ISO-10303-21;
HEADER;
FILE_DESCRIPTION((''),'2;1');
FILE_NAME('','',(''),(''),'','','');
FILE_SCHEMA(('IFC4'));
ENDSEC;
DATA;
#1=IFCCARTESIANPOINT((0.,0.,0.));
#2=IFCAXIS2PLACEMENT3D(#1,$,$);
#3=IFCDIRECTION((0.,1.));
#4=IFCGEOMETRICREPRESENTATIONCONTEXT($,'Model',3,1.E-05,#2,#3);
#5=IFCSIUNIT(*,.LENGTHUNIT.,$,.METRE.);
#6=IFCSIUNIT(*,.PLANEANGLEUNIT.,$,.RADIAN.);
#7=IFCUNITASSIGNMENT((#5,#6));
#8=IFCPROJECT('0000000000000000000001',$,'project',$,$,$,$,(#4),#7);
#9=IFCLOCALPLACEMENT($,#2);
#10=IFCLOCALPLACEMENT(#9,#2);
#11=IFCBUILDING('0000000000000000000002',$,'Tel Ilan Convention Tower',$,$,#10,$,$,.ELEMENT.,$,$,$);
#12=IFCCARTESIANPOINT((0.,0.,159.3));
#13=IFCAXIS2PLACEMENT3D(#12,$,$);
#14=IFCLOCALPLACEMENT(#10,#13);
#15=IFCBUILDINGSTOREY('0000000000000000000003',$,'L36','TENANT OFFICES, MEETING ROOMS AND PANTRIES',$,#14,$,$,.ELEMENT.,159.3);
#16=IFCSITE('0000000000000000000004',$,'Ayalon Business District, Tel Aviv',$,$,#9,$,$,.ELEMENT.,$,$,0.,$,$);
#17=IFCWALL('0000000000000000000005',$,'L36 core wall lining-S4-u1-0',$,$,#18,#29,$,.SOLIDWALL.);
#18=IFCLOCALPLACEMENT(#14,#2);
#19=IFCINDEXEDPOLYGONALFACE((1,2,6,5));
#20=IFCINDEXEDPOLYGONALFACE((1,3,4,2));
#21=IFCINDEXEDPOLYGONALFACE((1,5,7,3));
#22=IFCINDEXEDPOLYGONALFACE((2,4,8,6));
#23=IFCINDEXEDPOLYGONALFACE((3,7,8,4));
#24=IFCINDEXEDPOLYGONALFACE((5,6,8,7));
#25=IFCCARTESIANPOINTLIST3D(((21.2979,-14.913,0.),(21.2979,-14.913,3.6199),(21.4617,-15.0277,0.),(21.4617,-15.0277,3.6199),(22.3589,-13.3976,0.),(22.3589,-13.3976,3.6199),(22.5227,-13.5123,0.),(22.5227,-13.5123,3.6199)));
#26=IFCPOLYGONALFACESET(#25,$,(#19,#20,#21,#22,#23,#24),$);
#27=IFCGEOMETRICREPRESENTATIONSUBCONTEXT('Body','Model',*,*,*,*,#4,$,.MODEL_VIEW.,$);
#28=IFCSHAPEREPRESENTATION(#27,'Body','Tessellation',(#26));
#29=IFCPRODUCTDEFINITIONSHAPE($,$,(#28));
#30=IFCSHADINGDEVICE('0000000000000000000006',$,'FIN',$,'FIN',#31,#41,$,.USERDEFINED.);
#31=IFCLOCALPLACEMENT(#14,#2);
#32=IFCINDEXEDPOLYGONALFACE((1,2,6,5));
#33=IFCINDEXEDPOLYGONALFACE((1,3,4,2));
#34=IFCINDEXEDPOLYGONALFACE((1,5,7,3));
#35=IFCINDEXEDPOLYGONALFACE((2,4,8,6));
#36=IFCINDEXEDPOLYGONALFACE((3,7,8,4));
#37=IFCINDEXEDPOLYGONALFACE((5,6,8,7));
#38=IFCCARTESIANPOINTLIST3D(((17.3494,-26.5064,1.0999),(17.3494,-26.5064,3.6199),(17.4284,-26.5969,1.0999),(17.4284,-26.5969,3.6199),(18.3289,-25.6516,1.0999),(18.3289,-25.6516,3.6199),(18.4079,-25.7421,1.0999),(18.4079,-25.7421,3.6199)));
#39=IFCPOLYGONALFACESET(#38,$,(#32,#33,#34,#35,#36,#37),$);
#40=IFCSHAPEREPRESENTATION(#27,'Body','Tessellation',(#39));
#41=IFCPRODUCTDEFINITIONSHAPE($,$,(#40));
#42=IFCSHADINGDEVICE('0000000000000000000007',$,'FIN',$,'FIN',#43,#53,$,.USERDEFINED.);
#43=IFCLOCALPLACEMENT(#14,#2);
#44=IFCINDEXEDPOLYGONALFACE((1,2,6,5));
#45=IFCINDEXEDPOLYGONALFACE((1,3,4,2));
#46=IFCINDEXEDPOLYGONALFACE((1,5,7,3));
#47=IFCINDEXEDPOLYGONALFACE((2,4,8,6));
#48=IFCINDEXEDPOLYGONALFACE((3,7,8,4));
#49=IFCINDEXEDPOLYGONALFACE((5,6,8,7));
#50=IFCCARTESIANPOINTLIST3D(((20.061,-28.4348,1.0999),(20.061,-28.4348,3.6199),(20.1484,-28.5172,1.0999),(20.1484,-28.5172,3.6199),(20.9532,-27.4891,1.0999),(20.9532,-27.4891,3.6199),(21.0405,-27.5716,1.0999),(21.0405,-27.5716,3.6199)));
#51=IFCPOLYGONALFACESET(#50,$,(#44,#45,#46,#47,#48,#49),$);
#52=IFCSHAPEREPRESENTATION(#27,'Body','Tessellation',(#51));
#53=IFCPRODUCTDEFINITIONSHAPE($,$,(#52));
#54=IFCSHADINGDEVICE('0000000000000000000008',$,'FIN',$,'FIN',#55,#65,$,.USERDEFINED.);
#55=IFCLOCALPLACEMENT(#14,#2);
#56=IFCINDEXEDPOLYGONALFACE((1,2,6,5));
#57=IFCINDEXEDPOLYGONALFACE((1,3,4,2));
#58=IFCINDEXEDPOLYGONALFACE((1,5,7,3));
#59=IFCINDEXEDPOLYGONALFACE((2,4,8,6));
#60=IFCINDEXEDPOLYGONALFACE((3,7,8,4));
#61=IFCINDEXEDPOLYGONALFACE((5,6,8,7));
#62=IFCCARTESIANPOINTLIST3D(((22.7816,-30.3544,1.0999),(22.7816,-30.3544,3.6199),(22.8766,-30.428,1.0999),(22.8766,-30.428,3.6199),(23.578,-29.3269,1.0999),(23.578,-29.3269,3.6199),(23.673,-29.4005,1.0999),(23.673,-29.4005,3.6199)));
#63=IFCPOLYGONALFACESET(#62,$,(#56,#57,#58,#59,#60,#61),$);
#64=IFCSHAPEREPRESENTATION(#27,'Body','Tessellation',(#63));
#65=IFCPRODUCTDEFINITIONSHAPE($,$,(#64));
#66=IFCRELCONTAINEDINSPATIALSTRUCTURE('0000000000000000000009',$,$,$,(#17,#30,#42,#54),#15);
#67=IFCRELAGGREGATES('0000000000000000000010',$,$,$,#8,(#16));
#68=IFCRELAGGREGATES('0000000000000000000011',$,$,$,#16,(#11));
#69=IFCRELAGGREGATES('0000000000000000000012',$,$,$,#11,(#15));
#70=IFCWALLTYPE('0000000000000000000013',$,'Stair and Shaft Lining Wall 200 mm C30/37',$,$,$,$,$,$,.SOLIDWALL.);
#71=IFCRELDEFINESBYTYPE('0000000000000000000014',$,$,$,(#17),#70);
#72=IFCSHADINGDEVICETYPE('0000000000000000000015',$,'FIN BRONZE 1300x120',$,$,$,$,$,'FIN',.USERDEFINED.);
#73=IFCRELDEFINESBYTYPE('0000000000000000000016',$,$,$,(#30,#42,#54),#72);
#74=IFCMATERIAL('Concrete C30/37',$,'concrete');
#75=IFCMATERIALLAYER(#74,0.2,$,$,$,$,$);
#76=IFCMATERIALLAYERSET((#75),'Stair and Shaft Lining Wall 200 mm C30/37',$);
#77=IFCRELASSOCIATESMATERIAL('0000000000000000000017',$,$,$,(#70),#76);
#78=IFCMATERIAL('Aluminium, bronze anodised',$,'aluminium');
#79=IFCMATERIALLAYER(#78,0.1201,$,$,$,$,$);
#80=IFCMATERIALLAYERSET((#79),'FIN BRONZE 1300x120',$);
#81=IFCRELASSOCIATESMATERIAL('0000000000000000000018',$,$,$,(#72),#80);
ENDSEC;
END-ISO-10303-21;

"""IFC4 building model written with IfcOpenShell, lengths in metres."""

from ifc_helpers import new_model, si_unit, direction, frame, frame_2d, origin, origin_2d, place, context, subcontext, project, spatial, rectangle, extrude, material, layer, layer_set, type_object, element, save


model = new_model("IFC4")

# Units and contexts
model_context = context("Model", 3, precision=1e-05, world=origin(), true_north=direction((0.0, 1.0)))
body_context = subcontext(model_context, "Body", "Model", "MODEL_VIEW")
ifc_project = project(units=[si_unit("LENGTHUNIT", "METRE"), si_unit("PLANEANGLEUNIT", "RADIAN")], contexts=[model_context])

# Site, building, storey
site_placement = place(None, origin())
site = spatial("IfcSite", under=ifc_project, at=site_placement, Name="Ayalon Business District, Tel Aviv", CompositionType="ELEMENT", RefElevation=0.0)
building_placement = place(site_placement, origin())
building = spatial("IfcBuilding", under=site, at=building_placement, Name="Tel Ilan Convention Tower", CompositionType="ELEMENT")
storey_placement = place(building_placement, frame((0.0, 0.0, 159.3)))
storey = spatial("IfcBuildingStorey", under=building, at=storey_placement, Name="L36", Description="TENANT OFFICES, MEETING ROOMS AND PANTRIES", CompositionType="ELEMENT", Elevation=159.3)

# Wall
ifc_material_1 = material(Name="Concrete C30/37", Category="concrete")
ifc_layer_1 = layer(ifc_material_1, 0.2)
ifc_layer_set_1 = layer_set([ifc_layer_1], Name="Stair and Shaft Lining Wall 200 mm C30/37")
wall_type_1 = type_object("IfcWallType", Name="Stair and Shaft Lining Wall 200 mm C30/37", PredefinedType="SOLIDWALL", material=ifc_layer_set_1)
wall_1_placement = place(storey_placement, frame((21.3799, -14.9702, 0.0), z_axis=(0.0, 0.0, 1.0), x_axis=(0.57356, 0.819164, 0.0)))
element("IfcWall", 1, at=wall_1_placement, inside=storey, type_object=wall_type_1, Name="L36 core wall lining-S4-u1-0", PredefinedType="SOLIDWALL", context=body_context, shape_type="SweptSolid", body=[
    extrude(rectangle(XDim=1.8499, YDim=0.2, at=frame_2d((0.9248, 0.0))), origin(), (0.0, 0.0, 1.0), 3.6199),
])

# Shading devices
ifc_material_2 = material(Name="Aluminium, bronze anodised", Category="aluminium")
ifc_layer_2 = layer(ifc_material_2, 0.1201)
ifc_layer_set_2 = layer_set([ifc_layer_2], Name="FIN BRONZE 1300x120")
shading_device_type = type_object("IfcShadingDeviceType", Name="FIN BRONZE 1300x120", ElementType="FIN", PredefinedType="USERDEFINED", material=ifc_layer_set_2)
for number, where, z_axis, x_axis, name in (
    (2, (17.8787, -26.1243, 1.0999), (0.0, 0.0, 1.0), (-0.753436, -0.657521, 0.0), "FIN"),
    (3, (20.5508, -28.0032, 1.0999), (0.0, 0.0, 1.0), (-0.686242, -0.727374, 0.0), "FIN"),
    (4, (23.2273, -29.8774, 1.0999), (0.0, 0.0, 1.0), (-0.612601, -0.790393, 0.0), "FIN"),
):
    element("IfcShadingDevice", number, at=place(storey_placement, frame(where, z_axis=z_axis, x_axis=x_axis)), inside=storey, type_object=shading_device_type, Name=name, ObjectType="FIN", PredefinedType="USERDEFINED", context=body_context, shape_type="SweptSolid", body=[
        extrude(rectangle(XDim=1.3, YDim=0.1201, at=origin_2d()), origin(), (0.0, 0.0, 1.0), 2.52),
    ])

save(model, "model.ifc")
